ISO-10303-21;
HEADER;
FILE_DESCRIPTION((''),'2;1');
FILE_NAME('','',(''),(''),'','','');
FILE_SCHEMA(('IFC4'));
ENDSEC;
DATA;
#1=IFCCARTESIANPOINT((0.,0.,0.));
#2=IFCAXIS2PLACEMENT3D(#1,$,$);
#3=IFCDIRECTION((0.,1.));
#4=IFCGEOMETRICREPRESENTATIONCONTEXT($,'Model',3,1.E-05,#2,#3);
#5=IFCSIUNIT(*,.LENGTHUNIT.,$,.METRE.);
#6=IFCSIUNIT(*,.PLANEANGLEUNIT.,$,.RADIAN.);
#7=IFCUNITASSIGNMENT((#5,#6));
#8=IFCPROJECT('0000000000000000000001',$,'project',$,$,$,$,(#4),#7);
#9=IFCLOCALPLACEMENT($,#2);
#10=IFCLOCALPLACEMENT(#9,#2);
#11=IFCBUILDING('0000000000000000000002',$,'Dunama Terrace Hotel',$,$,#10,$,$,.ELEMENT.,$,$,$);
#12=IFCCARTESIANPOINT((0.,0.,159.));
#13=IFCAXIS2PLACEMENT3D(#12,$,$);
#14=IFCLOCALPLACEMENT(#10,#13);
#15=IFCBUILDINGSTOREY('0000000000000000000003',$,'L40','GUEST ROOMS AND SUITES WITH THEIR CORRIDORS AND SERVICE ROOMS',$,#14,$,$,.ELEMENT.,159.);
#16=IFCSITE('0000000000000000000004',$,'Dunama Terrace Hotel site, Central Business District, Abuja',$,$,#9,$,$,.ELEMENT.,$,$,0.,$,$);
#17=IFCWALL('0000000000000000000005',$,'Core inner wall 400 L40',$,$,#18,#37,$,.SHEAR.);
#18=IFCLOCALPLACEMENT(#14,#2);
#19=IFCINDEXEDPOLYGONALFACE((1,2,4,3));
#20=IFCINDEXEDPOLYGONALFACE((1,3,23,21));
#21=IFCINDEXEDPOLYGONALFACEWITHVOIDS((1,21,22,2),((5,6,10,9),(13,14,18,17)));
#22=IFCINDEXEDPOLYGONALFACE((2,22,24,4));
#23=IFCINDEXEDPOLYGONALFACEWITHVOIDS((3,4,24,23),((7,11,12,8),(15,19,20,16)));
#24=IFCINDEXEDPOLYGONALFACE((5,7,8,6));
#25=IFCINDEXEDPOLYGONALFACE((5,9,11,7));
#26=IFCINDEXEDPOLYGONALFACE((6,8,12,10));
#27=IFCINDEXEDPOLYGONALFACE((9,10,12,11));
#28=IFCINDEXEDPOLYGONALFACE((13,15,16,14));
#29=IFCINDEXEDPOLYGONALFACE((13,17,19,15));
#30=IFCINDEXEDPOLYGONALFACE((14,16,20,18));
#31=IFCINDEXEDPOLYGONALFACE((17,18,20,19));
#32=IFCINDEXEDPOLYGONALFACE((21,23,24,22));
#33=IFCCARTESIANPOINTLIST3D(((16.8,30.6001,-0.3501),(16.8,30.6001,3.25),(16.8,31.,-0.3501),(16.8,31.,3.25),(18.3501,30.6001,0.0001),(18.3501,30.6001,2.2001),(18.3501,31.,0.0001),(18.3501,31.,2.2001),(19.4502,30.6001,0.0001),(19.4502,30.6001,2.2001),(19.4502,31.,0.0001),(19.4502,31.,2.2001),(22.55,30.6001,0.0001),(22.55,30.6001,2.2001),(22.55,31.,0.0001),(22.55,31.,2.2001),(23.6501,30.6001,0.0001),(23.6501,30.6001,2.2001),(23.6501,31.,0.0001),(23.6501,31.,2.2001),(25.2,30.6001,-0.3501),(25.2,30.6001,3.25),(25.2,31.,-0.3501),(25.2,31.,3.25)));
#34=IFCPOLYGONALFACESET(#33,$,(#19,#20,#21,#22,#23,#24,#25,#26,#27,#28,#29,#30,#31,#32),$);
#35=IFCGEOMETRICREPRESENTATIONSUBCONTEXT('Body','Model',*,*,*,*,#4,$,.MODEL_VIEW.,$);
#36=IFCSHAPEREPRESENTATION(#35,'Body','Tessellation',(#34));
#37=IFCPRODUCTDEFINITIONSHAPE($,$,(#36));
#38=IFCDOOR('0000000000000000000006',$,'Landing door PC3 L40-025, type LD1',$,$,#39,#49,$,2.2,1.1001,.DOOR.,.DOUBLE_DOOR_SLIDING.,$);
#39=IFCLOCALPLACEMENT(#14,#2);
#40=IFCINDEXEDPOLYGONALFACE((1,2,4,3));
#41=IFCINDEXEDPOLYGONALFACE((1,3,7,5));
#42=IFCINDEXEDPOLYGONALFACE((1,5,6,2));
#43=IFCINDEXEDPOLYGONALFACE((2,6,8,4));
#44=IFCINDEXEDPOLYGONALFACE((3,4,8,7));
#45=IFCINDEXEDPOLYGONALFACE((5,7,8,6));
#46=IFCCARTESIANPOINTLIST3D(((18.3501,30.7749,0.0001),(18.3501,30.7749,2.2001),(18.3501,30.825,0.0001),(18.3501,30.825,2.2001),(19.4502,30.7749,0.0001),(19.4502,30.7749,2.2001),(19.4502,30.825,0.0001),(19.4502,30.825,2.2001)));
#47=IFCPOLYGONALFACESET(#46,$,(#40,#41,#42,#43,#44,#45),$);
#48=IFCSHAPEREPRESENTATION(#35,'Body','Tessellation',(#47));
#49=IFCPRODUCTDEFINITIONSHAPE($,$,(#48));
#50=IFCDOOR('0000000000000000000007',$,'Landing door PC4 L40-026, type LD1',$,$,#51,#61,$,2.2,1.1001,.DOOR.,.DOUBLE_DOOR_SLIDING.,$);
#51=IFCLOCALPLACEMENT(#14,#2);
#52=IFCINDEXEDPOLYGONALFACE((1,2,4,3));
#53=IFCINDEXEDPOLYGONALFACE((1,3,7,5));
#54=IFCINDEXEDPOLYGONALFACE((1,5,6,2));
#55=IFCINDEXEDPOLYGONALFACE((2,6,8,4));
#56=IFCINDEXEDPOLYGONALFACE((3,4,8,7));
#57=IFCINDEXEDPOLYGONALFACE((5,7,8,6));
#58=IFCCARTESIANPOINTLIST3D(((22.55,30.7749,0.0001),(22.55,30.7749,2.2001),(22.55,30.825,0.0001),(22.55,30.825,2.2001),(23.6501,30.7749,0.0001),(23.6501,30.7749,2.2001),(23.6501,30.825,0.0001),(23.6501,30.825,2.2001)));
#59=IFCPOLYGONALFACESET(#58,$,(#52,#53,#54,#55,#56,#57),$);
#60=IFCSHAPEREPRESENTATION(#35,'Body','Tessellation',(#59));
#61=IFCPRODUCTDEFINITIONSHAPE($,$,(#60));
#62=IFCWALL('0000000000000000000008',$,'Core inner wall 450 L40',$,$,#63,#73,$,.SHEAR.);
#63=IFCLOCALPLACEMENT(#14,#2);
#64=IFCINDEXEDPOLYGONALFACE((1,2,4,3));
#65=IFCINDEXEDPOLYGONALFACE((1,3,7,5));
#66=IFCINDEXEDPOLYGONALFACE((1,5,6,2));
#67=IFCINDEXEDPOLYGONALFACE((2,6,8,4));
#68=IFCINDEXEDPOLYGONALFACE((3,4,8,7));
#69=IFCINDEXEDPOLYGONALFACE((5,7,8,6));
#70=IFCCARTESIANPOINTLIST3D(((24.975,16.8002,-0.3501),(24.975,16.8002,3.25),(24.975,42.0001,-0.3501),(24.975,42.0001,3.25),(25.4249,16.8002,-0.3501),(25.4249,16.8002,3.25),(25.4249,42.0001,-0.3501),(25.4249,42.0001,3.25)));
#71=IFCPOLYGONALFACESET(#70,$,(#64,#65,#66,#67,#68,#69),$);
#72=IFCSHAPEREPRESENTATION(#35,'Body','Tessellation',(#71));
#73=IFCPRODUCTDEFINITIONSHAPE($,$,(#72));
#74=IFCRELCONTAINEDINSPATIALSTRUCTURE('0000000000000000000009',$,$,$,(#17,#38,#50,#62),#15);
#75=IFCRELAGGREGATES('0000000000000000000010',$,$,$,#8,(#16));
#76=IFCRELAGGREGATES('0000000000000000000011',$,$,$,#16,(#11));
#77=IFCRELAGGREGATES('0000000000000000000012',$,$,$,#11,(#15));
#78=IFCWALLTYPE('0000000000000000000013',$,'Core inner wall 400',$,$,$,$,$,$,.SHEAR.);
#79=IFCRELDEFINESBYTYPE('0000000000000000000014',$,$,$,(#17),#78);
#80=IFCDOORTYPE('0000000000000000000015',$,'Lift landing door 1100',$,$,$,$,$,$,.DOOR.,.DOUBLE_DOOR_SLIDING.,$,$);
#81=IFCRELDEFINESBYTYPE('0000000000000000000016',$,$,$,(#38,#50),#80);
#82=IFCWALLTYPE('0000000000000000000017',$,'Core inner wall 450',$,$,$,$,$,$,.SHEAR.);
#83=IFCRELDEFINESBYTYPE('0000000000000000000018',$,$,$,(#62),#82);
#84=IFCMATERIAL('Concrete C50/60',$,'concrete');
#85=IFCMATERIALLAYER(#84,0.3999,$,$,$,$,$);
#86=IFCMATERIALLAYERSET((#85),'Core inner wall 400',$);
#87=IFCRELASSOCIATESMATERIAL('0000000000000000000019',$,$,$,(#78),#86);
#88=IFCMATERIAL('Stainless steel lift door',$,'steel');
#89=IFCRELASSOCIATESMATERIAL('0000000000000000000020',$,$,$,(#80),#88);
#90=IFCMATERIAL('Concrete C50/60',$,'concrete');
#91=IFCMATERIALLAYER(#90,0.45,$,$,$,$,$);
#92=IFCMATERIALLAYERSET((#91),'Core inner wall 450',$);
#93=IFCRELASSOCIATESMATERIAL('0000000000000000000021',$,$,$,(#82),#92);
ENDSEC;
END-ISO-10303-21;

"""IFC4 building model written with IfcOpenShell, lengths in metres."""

from ifc_helpers import new_model, si_unit, direction, frame, frame_2d, origin, place, context, subcontext, project, spatial, rectangle, extrude, material, layer, layer_set, type_object, element, fill, save


model = new_model("IFC4")

# Units and contexts
model_context = context("Model", 3, precision=1e-05, world=origin(), true_north=direction((0.0, 1.0)))
body_context = subcontext(model_context, "Body", "Model", "MODEL_VIEW")
ifc_project = project(units=[si_unit("LENGTHUNIT", "METRE"), si_unit("PLANEANGLEUNIT", "RADIAN")], contexts=[model_context])

# Site, building, storey
site_placement = place(None, origin())
site = spatial("IfcSite", under=ifc_project, at=site_placement, Name="Dunama Terrace Hotel site, Central Business District, Abuja", CompositionType="ELEMENT", RefElevation=0.0)
building_placement = place(site_placement, origin())
building = spatial("IfcBuilding", under=site, at=building_placement, Name="Dunama Terrace Hotel", CompositionType="ELEMENT")
storey_placement = place(building_placement, frame((0.0, 0.0, 159.0)))
storey = spatial("IfcBuildingStorey", under=building, at=storey_placement, Name="L40", Description="GUEST ROOMS AND SUITES WITH THEIR CORRIDORS AND SERVICE ROOMS", CompositionType="ELEMENT", Elevation=159.0)

# Shared definitions
ifc_material_1 = material(Name="Concrete C50/60", Category="concrete")
ifc_layer_1 = layer(ifc_material_1, 0.3999)
ifc_layer_set_1 = layer_set([ifc_layer_1], Name="Core inner wall 400")
wall_type_1 = type_object("IfcWallType", Name="Core inner wall 400", PredefinedType="SHEAR", material=ifc_layer_set_1)

# Wall, openings, doors
ifc_material_2 = material(Name="Stainless steel lift door", Category="steel")
door_type_1 = type_object("IfcDoorType", Name="Lift landing door 1100", OperationType="DOUBLE_DOOR_SLIDING", PredefinedType="DOOR", material=ifc_material_2)
wall_1_placement = place(storey_placement, frame((16.8, 30.8, -0.3501), z_axis=(0.0, 0.0, 1.0), x_axis=(1.0, 0.0, 0.0)))
wall_1 = element("IfcWall", 1, at=wall_1_placement, inside=storey, type_object=wall_type_1, Name="Core inner wall 400 L40", PredefinedType="SHEAR", context=body_context, shape_type="SweptSolid", body=[
    extrude(rectangle(XDim=8.3999, YDim=0.3999, at=frame_2d((4.2, 0.0))), origin(), (0.0, 0.0, 1.0), 3.6001),
])
opening_1_placement = place(wall_1_placement, frame((1.55, 0.0, 0.3501)))
opening_1 = element("IfcOpeningElement", 2, at=opening_1_placement, cuts=wall_1, PredefinedType="OPENING", context=body_context, shape_type="SweptSolid", body=[
    extrude(rectangle(XDim=1.1001, YDim=2.2, at=frame_2d((0.55, 1.1001))), frame((0.0, 0.21, 0.0), z_axis=(0.0, -1.0, 0.0), x_axis=(1.0, 0.0, 0.0)), (0.0, 0.0, 1.0), 0.4199),
])
opening_2_placement = place(wall_1_placement, frame((5.75, 0.0, 0.3501)))
opening_2 = element("IfcOpeningElement", 3, at=opening_2_placement, cuts=wall_1, PredefinedType="OPENING", context=body_context, shape_type="SweptSolid", body=[
    extrude(rectangle(XDim=1.1001, YDim=2.2, at=frame_2d((0.55, 1.1001))), frame((0.0, 0.21, 0.0), z_axis=(0.0, -1.0, 0.0), x_axis=(1.0, 0.0, 0.0)), (0.0, 0.0, 1.0), 0.4199),
])
door_1_placement = place(opening_1_placement, origin())
door_1 = element("IfcDoor", 4, at=door_1_placement, inside=storey, type_object=door_type_1, Name="Landing door PC3 L40-025, type LD1", OperationType="DOUBLE_DOOR_SLIDING", OverallHeight=2.2, OverallWidth=1.1001, PredefinedType="DOOR", context=body_context, shape_type="SweptSolid", body=[
    extrude(rectangle(XDim=1.1001, YDim=2.2, at=frame_2d((0.55, 1.1001))), frame((0.0, 0.0249, 0.0), z_axis=(0.0, -1.0, 0.0), x_axis=(1.0, 0.0, 0.0)), (0.0, 0.0, 1.0), 0.05),
])
fill(opening_1, door_1)
door_2_placement = place(opening_2_placement, origin())
door_2 = element("IfcDoor", 5, at=door_2_placement, inside=storey, type_object=door_type_1, Name="Landing door PC4 L40-026, type LD1", OperationType="DOUBLE_DOOR_SLIDING", OverallHeight=2.2, OverallWidth=1.1001, PredefinedType="DOOR", context=body_context, shape_type="SweptSolid", body=[
    extrude(rectangle(XDim=1.1001, YDim=2.2, at=frame_2d((0.55, 1.1001))), frame((0.0, 0.0249, 0.0), z_axis=(0.0, -1.0, 0.0), x_axis=(1.0, 0.0, 0.0)), (0.0, 0.0, 1.0), 0.05),
])
fill(opening_2, door_2)

# Wall
ifc_material_3 = material(Name="Concrete C50/60", Category="concrete")
ifc_layer_2 = layer(ifc_material_3, 0.45)
ifc_layer_set_2 = layer_set([ifc_layer_2], Name="Core inner wall 450")
wall_type_2 = type_object("IfcWallType", Name="Core inner wall 450", PredefinedType="SHEAR", material=ifc_layer_set_2)
wall_2_placement = place(storey_placement, frame((25.2, 16.8, -0.3501), z_axis=(0.0, 0.0, 1.0), x_axis=(0.0, 1.0, 0.0)))
element("IfcWall", 6, at=wall_2_placement, inside=storey, type_object=wall_type_2, Name="Core inner wall 450 L40", PredefinedType="SHEAR", context=body_context, shape_type="SweptSolid", body=[
    extrude(rectangle(XDim=25.2, YDim=0.45, at=frame_2d((12.6001, 0.0))), origin(), (0.0, 0.0, 1.0), 3.6001),
])

save(model, "model.ifc")
